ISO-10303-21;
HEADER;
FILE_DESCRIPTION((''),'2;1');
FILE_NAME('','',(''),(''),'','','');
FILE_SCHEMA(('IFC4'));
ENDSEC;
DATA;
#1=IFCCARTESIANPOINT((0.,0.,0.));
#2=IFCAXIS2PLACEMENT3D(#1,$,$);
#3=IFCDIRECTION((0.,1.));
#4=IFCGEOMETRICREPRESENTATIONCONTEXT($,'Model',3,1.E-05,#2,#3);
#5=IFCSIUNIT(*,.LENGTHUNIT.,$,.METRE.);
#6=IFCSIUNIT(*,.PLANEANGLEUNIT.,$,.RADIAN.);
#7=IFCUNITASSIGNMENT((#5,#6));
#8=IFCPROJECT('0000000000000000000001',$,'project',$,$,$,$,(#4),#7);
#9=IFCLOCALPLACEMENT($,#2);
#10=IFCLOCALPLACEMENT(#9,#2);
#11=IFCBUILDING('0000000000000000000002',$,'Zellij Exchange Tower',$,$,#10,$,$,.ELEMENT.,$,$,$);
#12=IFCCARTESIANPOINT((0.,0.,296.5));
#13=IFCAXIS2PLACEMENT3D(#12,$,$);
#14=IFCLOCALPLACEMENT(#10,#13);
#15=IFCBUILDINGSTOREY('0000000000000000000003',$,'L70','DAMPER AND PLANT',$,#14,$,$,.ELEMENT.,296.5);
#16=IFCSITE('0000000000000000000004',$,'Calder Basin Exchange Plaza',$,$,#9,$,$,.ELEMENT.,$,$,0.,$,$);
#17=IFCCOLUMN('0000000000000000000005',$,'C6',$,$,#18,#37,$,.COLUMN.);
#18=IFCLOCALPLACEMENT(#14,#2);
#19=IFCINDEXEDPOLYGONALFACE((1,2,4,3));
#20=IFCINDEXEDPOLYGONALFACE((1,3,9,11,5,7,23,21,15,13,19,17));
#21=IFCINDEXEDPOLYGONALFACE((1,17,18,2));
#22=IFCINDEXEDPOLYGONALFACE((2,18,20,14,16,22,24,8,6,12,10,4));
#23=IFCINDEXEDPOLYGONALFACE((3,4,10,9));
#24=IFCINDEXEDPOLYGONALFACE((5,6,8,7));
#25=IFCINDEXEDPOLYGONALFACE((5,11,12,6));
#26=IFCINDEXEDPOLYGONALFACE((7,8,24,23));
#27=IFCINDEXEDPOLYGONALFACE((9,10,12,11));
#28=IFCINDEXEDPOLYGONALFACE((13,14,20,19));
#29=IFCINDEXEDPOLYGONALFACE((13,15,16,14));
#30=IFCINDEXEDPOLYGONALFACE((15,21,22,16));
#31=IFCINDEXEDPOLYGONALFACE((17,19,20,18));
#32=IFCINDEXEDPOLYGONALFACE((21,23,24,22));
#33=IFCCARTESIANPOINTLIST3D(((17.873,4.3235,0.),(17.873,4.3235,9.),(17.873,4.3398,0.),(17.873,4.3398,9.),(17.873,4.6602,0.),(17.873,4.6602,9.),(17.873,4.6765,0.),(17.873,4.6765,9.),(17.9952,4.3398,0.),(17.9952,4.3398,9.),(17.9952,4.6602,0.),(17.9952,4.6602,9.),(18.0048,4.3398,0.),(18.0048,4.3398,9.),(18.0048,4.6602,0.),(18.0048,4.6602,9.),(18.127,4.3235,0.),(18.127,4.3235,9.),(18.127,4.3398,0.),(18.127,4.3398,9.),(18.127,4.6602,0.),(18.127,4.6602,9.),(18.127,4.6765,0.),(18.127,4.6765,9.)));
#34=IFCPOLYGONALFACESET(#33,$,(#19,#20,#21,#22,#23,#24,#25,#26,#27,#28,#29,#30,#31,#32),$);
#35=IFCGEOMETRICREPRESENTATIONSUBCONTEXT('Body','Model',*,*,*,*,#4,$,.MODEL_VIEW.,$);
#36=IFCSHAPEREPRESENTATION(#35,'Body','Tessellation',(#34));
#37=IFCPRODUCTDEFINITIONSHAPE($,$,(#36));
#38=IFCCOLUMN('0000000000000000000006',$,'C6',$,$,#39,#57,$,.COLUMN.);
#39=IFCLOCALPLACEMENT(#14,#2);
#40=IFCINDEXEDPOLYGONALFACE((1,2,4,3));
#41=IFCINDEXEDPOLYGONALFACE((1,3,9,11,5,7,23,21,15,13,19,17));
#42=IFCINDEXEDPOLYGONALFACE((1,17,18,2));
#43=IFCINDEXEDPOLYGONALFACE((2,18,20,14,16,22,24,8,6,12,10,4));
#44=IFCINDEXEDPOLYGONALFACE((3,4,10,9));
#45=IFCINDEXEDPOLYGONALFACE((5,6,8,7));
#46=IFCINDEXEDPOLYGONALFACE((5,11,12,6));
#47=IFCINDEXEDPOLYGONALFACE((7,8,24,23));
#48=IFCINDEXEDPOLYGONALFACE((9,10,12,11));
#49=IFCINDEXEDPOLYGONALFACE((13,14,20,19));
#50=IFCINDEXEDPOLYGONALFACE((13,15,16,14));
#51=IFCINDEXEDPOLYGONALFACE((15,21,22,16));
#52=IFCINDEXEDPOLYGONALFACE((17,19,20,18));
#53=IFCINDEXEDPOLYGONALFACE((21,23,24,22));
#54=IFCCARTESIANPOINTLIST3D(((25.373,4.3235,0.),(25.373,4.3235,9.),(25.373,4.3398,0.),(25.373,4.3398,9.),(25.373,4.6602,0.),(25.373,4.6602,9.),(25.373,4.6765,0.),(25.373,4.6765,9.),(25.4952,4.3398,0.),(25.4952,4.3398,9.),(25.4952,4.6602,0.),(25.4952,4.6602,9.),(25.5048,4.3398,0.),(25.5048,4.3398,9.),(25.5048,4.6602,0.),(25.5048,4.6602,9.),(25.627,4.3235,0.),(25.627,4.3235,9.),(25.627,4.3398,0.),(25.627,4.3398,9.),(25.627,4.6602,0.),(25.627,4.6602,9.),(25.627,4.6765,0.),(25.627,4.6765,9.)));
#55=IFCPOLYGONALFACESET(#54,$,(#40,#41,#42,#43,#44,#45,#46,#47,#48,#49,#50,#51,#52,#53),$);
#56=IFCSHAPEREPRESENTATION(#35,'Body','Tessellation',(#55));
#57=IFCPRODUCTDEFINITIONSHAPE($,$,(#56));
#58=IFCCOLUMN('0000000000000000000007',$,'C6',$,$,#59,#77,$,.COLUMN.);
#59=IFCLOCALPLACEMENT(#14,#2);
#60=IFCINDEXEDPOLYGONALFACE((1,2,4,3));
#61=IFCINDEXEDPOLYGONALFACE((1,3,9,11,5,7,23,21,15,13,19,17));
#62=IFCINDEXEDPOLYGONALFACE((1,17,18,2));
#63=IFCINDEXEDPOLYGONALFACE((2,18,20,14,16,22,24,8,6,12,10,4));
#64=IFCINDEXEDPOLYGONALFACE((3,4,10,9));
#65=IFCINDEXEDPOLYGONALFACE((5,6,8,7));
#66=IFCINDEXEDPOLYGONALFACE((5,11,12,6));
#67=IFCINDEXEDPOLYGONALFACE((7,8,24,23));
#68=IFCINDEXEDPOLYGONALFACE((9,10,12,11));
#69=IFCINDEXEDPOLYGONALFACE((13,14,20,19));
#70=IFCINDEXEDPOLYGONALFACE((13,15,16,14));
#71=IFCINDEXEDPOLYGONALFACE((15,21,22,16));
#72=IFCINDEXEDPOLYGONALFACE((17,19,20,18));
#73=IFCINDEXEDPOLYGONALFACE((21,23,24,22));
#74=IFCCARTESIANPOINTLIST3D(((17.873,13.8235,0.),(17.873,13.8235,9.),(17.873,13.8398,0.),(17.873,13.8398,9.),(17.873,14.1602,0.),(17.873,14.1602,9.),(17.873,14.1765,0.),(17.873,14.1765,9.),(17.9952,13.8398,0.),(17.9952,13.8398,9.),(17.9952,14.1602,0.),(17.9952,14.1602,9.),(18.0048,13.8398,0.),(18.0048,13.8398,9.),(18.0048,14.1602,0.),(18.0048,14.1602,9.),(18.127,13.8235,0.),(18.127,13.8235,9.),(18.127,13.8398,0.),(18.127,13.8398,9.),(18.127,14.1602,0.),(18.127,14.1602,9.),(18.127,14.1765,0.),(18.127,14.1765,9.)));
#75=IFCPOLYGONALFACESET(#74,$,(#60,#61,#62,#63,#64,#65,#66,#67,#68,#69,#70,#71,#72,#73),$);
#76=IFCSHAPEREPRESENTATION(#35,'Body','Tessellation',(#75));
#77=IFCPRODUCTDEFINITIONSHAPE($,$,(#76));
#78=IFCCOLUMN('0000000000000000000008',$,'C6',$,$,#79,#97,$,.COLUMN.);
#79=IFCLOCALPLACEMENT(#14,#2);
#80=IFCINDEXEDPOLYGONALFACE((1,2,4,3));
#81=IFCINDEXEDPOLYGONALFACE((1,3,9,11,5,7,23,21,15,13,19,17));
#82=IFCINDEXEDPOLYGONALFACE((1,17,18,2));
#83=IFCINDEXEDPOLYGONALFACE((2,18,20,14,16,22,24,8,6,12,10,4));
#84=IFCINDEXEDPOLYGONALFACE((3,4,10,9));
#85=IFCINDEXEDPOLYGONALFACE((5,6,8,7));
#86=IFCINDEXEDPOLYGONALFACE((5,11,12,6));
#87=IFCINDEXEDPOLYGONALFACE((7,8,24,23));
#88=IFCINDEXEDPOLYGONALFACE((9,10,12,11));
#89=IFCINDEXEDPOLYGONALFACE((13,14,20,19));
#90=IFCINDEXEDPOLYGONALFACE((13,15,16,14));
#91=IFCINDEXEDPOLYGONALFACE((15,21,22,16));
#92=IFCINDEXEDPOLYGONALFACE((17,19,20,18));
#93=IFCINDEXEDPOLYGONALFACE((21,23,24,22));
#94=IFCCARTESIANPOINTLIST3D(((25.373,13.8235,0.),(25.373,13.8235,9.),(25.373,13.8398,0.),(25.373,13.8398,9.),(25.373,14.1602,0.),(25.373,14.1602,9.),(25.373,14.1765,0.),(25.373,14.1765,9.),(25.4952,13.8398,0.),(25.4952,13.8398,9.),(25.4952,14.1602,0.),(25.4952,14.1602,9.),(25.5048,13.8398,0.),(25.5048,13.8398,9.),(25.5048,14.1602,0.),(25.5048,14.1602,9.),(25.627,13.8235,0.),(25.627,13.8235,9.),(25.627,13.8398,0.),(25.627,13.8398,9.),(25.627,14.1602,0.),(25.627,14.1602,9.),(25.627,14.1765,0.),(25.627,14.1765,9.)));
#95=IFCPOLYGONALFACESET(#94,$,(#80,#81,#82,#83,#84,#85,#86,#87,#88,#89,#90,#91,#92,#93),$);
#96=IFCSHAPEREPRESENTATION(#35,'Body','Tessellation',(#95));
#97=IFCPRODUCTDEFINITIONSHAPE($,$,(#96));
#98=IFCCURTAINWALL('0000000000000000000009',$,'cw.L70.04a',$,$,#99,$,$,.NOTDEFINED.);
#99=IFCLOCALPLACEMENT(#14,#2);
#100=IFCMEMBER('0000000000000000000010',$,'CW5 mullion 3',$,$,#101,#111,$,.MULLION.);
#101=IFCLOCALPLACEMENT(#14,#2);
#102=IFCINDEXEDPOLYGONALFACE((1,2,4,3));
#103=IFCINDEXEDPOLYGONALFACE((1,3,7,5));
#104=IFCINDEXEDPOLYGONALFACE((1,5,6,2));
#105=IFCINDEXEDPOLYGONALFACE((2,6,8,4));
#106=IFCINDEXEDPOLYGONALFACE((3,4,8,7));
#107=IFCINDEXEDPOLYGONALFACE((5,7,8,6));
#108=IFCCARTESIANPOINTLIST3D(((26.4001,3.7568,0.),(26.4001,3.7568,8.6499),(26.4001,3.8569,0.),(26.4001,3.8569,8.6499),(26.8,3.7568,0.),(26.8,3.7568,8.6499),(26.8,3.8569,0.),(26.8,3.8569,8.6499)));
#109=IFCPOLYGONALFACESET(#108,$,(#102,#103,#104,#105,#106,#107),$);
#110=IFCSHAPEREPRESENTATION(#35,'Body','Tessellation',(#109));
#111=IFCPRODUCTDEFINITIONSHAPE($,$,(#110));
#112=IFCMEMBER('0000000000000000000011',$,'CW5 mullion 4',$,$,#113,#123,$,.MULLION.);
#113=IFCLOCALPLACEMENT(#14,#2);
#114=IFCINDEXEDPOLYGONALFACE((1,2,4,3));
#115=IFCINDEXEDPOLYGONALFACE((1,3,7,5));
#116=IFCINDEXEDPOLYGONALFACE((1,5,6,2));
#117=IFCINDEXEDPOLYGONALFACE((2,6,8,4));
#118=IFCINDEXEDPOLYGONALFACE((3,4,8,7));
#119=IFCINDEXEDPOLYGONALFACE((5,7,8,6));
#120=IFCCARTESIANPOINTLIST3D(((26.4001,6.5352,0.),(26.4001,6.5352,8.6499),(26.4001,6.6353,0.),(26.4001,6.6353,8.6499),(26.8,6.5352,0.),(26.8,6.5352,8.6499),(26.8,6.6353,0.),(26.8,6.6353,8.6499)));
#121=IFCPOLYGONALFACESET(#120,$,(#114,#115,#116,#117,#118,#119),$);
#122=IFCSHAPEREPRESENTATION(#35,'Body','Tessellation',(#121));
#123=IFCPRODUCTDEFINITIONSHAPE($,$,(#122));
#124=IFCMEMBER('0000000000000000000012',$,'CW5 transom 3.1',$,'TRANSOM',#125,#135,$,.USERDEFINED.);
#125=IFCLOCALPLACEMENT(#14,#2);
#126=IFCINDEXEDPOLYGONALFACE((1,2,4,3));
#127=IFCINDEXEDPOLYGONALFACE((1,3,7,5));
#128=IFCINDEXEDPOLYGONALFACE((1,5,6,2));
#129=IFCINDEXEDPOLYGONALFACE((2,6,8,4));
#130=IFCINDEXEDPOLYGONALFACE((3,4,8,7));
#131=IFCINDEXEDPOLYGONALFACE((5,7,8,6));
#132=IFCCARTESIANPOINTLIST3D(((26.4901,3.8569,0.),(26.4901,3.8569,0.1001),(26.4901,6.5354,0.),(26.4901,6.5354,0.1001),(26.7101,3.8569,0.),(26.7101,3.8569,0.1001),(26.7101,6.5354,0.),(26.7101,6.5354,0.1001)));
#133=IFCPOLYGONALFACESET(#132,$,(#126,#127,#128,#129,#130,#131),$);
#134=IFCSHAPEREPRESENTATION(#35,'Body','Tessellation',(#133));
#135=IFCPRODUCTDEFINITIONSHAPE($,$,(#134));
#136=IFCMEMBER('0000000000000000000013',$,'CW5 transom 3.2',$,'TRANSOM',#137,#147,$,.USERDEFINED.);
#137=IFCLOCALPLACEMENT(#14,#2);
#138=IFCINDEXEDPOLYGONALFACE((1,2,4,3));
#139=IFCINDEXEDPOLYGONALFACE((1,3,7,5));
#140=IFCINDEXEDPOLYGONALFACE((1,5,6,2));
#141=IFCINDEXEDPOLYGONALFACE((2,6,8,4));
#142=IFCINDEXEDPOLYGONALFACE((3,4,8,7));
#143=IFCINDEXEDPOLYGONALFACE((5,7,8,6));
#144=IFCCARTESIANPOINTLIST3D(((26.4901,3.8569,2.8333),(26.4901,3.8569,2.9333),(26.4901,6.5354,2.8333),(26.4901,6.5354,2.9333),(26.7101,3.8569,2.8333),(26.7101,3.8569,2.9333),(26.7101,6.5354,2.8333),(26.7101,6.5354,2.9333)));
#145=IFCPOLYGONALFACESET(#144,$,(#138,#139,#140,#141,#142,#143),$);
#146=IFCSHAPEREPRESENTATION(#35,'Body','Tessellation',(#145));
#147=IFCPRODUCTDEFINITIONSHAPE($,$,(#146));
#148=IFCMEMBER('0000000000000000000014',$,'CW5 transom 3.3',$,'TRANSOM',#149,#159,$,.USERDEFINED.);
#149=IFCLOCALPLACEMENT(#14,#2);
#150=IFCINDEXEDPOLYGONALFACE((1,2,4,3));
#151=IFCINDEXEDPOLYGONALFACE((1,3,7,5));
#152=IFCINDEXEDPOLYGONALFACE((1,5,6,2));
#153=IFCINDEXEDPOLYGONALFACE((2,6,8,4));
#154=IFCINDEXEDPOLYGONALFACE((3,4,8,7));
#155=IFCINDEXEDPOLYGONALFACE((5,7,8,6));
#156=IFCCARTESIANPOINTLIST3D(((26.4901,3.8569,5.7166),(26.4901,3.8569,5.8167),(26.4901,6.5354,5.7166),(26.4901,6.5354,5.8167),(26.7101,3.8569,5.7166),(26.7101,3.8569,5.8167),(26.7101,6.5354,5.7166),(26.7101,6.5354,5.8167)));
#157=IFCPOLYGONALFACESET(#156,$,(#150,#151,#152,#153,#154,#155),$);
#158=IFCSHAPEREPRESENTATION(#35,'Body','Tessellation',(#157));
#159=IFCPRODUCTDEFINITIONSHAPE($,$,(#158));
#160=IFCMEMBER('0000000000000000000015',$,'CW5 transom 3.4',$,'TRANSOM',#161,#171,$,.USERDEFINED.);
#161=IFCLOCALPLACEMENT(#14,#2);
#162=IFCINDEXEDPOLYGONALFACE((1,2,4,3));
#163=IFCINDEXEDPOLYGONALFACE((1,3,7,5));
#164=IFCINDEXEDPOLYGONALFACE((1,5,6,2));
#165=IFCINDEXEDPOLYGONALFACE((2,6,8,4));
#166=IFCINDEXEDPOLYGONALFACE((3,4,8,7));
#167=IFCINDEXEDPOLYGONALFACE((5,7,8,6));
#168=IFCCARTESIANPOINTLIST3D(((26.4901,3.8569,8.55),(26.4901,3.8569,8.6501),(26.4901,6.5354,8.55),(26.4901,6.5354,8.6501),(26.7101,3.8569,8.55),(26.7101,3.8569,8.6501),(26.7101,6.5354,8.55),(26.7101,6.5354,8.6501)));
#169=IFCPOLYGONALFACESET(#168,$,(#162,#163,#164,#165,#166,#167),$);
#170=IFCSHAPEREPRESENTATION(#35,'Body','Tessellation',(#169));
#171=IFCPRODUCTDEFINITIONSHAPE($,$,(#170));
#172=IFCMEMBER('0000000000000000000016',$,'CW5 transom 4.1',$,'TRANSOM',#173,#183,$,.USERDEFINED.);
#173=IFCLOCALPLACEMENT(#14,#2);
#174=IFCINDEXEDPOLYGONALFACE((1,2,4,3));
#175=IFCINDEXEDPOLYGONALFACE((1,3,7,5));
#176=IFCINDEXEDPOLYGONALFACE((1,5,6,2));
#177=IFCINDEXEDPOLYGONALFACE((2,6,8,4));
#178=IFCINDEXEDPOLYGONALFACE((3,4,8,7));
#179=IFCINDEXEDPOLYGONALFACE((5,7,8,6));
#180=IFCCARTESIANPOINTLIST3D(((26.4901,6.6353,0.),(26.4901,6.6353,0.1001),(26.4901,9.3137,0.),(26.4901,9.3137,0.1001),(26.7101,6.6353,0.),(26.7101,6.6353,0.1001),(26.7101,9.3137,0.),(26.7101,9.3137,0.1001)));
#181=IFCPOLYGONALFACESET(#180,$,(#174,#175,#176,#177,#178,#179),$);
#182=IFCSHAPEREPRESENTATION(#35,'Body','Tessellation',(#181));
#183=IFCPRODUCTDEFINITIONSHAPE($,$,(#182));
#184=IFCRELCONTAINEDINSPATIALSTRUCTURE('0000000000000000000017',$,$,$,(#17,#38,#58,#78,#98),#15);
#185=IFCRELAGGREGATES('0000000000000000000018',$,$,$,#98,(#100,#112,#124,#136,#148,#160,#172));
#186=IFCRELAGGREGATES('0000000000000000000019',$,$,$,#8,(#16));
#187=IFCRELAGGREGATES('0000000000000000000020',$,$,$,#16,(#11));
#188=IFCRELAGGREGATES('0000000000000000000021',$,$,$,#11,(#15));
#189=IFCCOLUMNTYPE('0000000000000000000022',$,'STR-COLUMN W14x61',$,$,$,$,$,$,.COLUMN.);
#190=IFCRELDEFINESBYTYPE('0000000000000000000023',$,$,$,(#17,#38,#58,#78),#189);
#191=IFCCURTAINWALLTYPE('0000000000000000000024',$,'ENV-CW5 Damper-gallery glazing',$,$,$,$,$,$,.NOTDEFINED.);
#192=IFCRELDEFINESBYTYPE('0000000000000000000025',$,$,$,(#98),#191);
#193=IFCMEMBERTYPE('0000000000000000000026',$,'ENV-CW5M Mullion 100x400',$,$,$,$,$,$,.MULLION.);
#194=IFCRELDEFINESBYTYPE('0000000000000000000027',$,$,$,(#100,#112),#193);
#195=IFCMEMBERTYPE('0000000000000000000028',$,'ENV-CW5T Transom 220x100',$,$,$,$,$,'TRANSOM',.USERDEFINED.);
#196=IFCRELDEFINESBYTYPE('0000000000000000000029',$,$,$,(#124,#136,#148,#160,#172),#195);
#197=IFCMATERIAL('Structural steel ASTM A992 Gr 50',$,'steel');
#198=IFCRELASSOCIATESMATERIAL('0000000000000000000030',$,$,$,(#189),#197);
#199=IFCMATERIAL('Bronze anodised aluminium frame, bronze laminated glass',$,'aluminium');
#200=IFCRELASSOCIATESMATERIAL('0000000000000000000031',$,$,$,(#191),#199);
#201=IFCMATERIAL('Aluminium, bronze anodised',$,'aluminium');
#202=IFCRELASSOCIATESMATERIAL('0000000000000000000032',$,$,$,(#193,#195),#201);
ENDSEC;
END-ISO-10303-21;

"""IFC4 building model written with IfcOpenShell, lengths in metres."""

from ifc_helpers import new_model, si_unit, direction, frame, origin, origin_2d, place, context, subcontext, project, spatial, rectangle, i_section, extrude, material, material_profile, profile_set, type_object, element, aggregate, save


model = new_model("IFC4")

# Units and contexts
model_context = context("Model", 3, precision=1e-05, world=origin(), true_north=direction((0.0, 1.0)))
body_context = subcontext(model_context, "Body", "Model", "MODEL_VIEW")
ifc_project = project(units=[si_unit("LENGTHUNIT", "METRE"), si_unit("PLANEANGLEUNIT", "RADIAN")], contexts=[model_context])

# Site, building, storey
site_placement = place(None, origin())
site = spatial("IfcSite", under=ifc_project, at=site_placement, Name="Calder Basin Exchange Plaza", CompositionType="ELEMENT", RefElevation=0.0)
building_placement = place(site_placement, origin())
building = spatial("IfcBuilding", under=site, at=building_placement, Name="Zellij Exchange Tower", CompositionType="ELEMENT")
storey_placement = place(building_placement, frame((0.0, 0.0, 296.5)))
storey = spatial("IfcBuildingStorey", under=building, at=storey_placement, Name="L70", Description="DAMPER AND PLANT", CompositionType="ELEMENT", Elevation=296.5)

# Columns
ifc_material_1 = material(Name="Structural steel ASTM A992 Gr 50", Category="steel")
ifc_material_profile_1 = material_profile(ifc_material_1, i_section(OverallWidth=0.2539, OverallDepth=0.353, WebThickness=0.0095, FlangeThickness=0.0164, at=origin_2d()), Name="W14x61")
ifc_profile_set_1 = profile_set([ifc_material_profile_1], Name="Structural steel ASTM A992 Gr 50")
column_type = type_object("IfcColumnType", Name="STR-COLUMN W14x61", PredefinedType="COLUMN", material=ifc_profile_set_1)
for number, where, z_axis, x_axis, name in (
    (1, (18.0, 4.5, 0.0), (0.0, 0.0, 1.0), (1.0, 0.0, 0.0), "C6"),
    (2, (25.5, 4.5, 0.0), (0.0, 0.0, 1.0), (1.0, 0.0, 0.0), "C6"),
    (3, (18.0, 14.0, 0.0), (0.0, 0.0, 1.0), (1.0, 0.0, 0.0), "C6"),
    (4, (25.5, 14.0, 0.0), (0.0, 0.0, 1.0), (1.0, 0.0, 0.0), "C6"),
):
    element("IfcColumn", number, at=place(storey_placement, frame(where, z_axis=z_axis, x_axis=x_axis)), inside=storey, type_object=column_type, Name=name, PredefinedType="COLUMN", context=body_context, shape_type="SweptSolid", body=[
        extrude(i_section(OverallWidth=0.2539, OverallDepth=0.353, WebThickness=0.0095, FlangeThickness=0.0164, at=origin_2d()), origin(), (0.0, 0.0, 1.0), 9.0),
    ])

# Curtain wall, members
ifc_material_2 = material(Name="Bronze anodised aluminium frame, bronze laminated glass", Category="aluminium")
curtain_wall_type = type_object("IfcCurtainWallType", Name="ENV-CW5 Damper-gallery glazing", PredefinedType="NOTDEFINED", material=ifc_material_2)
curtain_wall_placement = place(storey_placement, origin())
curtain_wall = element("IfcCurtainWall", 5, at=curtain_wall_placement, inside=storey, type_object=curtain_wall_type, Name="cw.L70.04a", PredefinedType="NOTDEFINED")
ifc_material_3 = material(Name="Aluminium, bronze anodised", Category="aluminium")
ifc_material_profile_2 = material_profile(ifc_material_3, rectangle(XDim=0.1001, YDim=0.3999, at=origin_2d()), Name="AL 100x400")
ifc_profile_set_2 = profile_set([ifc_material_profile_2], Name="Aluminium, bronze anodised")
member_type_1 = type_object("IfcMemberType", Name="ENV-CW5M Mullion 100x400", PredefinedType="MULLION", material=ifc_profile_set_2)
member_1_placement = place(storey_placement, frame((26.6001, 3.8069, 0.0), z_axis=(0.0, 0.0, 1.0), x_axis=(0.0, 1.0, 0.0)))
member_1 = element("IfcMember", 6, at=member_1_placement, type_object=member_type_1, Name="CW5 mullion 3", PredefinedType="MULLION", context=body_context, shape_type="SweptSolid", body=[
    extrude(rectangle(XDim=0.1001, YDim=0.3999, at=origin_2d()), origin(), (0.0, 0.0, 1.0), 8.6499),
])
member_2_placement = place(storey_placement, frame((26.6001, 6.5852, 0.0), z_axis=(0.0, 0.0, 1.0), x_axis=(0.0, 1.0, 0.0)))
member_2 = element("IfcMember", 7, at=member_2_placement, type_object=member_type_1, Name="CW5 mullion 4", PredefinedType="MULLION", context=body_context, shape_type="SweptSolid", body=[
    extrude(rectangle(XDim=0.1001, YDim=0.3999, at=origin_2d()), origin(), (0.0, 0.0, 1.0), 8.6499),
])
ifc_material_profile_3 = material_profile(ifc_material_3, rectangle(XDim=0.22, YDim=0.1001, at=origin_2d()), Name="AL 220x100")
ifc_profile_set_3 = profile_set([ifc_material_profile_3], Name="Aluminium, bronze anodised")
member_type_2 = type_object("IfcMemberType", Name="ENV-CW5T Transom 220x100", ElementType="TRANSOM", PredefinedType="USERDEFINED", material=ifc_profile_set_3)
member_3_placement = place(storey_placement, frame((26.6001, 3.8569, 0.05), z_axis=(0.0, 1.0, 0.0), x_axis=(-1.0, 0.0, 0.0)))
member_3 = element("IfcMember", 8, at=member_3_placement, type_object=member_type_2, Name="CW5 transom 3.1", ObjectType="TRANSOM", PredefinedType="USERDEFINED", context=body_context, shape_type="SweptSolid", body=[
    extrude(rectangle(XDim=0.22, YDim=0.1001, at=origin_2d()), origin(), (0.0, 0.0, 1.0), 2.6785),
])
member_4_placement = place(storey_placement, frame((26.6001, 3.8569, 2.8833), z_axis=(0.0, 1.0, 0.0), x_axis=(-1.0, 0.0, 0.0)))
member_4 = element("IfcMember", 9, at=member_4_placement, type_object=member_type_2, Name="CW5 transom 3.2", ObjectType="TRANSOM", PredefinedType="USERDEFINED", context=body_context, shape_type="SweptSolid", body=[
    extrude(rectangle(XDim=0.22, YDim=0.1001, at=origin_2d()), origin(), (0.0, 0.0, 1.0), 2.6785),
])
member_5_placement = place(storey_placement, frame((26.6001, 3.8569, 5.7666), z_axis=(0.0, 1.0, 0.0), x_axis=(-1.0, 0.0, 0.0)))
member_5 = element("IfcMember", 10, at=member_5_placement, type_object=member_type_2, Name="CW5 transom 3.3", ObjectType="TRANSOM", PredefinedType="USERDEFINED", context=body_context, shape_type="SweptSolid", body=[
    extrude(rectangle(XDim=0.22, YDim=0.1001, at=origin_2d()), origin(), (0.0, 0.0, 1.0), 2.6785),
])
member_6_placement = place(storey_placement, frame((26.6001, 3.8569, 8.6001), z_axis=(0.0, 1.0, 0.0), x_axis=(-1.0, 0.0, 0.0)))
member_6 = element("IfcMember", 11, at=member_6_placement, type_object=member_type_2, Name="CW5 transom 3.4", ObjectType="TRANSOM", PredefinedType="USERDEFINED", context=body_context, shape_type="SweptSolid", body=[
    extrude(rectangle(XDim=0.22, YDim=0.1001, at=origin_2d()), origin(), (0.0, 0.0, 1.0), 2.6785),
])
member_7_placement = place(storey_placement, frame((26.6001, 6.6353, 0.05), z_axis=(0.0, 1.0, 0.0), x_axis=(-1.0, 0.0, 0.0)))
member_7 = element("IfcMember", 12, at=member_7_placement, type_object=member_type_2, Name="CW5 transom 4.1", ObjectType="TRANSOM", PredefinedType="USERDEFINED", context=body_context, shape_type="SweptSolid", body=[
    extrude(rectangle(XDim=0.22, YDim=0.1001, at=origin_2d()), origin(), (0.0, 0.0, 1.0), 2.6785),
])

aggregate(curtain_wall, [member_1, member_2, member_3, member_4, member_5, member_6, member_7])

save(model, "model.ifc")
